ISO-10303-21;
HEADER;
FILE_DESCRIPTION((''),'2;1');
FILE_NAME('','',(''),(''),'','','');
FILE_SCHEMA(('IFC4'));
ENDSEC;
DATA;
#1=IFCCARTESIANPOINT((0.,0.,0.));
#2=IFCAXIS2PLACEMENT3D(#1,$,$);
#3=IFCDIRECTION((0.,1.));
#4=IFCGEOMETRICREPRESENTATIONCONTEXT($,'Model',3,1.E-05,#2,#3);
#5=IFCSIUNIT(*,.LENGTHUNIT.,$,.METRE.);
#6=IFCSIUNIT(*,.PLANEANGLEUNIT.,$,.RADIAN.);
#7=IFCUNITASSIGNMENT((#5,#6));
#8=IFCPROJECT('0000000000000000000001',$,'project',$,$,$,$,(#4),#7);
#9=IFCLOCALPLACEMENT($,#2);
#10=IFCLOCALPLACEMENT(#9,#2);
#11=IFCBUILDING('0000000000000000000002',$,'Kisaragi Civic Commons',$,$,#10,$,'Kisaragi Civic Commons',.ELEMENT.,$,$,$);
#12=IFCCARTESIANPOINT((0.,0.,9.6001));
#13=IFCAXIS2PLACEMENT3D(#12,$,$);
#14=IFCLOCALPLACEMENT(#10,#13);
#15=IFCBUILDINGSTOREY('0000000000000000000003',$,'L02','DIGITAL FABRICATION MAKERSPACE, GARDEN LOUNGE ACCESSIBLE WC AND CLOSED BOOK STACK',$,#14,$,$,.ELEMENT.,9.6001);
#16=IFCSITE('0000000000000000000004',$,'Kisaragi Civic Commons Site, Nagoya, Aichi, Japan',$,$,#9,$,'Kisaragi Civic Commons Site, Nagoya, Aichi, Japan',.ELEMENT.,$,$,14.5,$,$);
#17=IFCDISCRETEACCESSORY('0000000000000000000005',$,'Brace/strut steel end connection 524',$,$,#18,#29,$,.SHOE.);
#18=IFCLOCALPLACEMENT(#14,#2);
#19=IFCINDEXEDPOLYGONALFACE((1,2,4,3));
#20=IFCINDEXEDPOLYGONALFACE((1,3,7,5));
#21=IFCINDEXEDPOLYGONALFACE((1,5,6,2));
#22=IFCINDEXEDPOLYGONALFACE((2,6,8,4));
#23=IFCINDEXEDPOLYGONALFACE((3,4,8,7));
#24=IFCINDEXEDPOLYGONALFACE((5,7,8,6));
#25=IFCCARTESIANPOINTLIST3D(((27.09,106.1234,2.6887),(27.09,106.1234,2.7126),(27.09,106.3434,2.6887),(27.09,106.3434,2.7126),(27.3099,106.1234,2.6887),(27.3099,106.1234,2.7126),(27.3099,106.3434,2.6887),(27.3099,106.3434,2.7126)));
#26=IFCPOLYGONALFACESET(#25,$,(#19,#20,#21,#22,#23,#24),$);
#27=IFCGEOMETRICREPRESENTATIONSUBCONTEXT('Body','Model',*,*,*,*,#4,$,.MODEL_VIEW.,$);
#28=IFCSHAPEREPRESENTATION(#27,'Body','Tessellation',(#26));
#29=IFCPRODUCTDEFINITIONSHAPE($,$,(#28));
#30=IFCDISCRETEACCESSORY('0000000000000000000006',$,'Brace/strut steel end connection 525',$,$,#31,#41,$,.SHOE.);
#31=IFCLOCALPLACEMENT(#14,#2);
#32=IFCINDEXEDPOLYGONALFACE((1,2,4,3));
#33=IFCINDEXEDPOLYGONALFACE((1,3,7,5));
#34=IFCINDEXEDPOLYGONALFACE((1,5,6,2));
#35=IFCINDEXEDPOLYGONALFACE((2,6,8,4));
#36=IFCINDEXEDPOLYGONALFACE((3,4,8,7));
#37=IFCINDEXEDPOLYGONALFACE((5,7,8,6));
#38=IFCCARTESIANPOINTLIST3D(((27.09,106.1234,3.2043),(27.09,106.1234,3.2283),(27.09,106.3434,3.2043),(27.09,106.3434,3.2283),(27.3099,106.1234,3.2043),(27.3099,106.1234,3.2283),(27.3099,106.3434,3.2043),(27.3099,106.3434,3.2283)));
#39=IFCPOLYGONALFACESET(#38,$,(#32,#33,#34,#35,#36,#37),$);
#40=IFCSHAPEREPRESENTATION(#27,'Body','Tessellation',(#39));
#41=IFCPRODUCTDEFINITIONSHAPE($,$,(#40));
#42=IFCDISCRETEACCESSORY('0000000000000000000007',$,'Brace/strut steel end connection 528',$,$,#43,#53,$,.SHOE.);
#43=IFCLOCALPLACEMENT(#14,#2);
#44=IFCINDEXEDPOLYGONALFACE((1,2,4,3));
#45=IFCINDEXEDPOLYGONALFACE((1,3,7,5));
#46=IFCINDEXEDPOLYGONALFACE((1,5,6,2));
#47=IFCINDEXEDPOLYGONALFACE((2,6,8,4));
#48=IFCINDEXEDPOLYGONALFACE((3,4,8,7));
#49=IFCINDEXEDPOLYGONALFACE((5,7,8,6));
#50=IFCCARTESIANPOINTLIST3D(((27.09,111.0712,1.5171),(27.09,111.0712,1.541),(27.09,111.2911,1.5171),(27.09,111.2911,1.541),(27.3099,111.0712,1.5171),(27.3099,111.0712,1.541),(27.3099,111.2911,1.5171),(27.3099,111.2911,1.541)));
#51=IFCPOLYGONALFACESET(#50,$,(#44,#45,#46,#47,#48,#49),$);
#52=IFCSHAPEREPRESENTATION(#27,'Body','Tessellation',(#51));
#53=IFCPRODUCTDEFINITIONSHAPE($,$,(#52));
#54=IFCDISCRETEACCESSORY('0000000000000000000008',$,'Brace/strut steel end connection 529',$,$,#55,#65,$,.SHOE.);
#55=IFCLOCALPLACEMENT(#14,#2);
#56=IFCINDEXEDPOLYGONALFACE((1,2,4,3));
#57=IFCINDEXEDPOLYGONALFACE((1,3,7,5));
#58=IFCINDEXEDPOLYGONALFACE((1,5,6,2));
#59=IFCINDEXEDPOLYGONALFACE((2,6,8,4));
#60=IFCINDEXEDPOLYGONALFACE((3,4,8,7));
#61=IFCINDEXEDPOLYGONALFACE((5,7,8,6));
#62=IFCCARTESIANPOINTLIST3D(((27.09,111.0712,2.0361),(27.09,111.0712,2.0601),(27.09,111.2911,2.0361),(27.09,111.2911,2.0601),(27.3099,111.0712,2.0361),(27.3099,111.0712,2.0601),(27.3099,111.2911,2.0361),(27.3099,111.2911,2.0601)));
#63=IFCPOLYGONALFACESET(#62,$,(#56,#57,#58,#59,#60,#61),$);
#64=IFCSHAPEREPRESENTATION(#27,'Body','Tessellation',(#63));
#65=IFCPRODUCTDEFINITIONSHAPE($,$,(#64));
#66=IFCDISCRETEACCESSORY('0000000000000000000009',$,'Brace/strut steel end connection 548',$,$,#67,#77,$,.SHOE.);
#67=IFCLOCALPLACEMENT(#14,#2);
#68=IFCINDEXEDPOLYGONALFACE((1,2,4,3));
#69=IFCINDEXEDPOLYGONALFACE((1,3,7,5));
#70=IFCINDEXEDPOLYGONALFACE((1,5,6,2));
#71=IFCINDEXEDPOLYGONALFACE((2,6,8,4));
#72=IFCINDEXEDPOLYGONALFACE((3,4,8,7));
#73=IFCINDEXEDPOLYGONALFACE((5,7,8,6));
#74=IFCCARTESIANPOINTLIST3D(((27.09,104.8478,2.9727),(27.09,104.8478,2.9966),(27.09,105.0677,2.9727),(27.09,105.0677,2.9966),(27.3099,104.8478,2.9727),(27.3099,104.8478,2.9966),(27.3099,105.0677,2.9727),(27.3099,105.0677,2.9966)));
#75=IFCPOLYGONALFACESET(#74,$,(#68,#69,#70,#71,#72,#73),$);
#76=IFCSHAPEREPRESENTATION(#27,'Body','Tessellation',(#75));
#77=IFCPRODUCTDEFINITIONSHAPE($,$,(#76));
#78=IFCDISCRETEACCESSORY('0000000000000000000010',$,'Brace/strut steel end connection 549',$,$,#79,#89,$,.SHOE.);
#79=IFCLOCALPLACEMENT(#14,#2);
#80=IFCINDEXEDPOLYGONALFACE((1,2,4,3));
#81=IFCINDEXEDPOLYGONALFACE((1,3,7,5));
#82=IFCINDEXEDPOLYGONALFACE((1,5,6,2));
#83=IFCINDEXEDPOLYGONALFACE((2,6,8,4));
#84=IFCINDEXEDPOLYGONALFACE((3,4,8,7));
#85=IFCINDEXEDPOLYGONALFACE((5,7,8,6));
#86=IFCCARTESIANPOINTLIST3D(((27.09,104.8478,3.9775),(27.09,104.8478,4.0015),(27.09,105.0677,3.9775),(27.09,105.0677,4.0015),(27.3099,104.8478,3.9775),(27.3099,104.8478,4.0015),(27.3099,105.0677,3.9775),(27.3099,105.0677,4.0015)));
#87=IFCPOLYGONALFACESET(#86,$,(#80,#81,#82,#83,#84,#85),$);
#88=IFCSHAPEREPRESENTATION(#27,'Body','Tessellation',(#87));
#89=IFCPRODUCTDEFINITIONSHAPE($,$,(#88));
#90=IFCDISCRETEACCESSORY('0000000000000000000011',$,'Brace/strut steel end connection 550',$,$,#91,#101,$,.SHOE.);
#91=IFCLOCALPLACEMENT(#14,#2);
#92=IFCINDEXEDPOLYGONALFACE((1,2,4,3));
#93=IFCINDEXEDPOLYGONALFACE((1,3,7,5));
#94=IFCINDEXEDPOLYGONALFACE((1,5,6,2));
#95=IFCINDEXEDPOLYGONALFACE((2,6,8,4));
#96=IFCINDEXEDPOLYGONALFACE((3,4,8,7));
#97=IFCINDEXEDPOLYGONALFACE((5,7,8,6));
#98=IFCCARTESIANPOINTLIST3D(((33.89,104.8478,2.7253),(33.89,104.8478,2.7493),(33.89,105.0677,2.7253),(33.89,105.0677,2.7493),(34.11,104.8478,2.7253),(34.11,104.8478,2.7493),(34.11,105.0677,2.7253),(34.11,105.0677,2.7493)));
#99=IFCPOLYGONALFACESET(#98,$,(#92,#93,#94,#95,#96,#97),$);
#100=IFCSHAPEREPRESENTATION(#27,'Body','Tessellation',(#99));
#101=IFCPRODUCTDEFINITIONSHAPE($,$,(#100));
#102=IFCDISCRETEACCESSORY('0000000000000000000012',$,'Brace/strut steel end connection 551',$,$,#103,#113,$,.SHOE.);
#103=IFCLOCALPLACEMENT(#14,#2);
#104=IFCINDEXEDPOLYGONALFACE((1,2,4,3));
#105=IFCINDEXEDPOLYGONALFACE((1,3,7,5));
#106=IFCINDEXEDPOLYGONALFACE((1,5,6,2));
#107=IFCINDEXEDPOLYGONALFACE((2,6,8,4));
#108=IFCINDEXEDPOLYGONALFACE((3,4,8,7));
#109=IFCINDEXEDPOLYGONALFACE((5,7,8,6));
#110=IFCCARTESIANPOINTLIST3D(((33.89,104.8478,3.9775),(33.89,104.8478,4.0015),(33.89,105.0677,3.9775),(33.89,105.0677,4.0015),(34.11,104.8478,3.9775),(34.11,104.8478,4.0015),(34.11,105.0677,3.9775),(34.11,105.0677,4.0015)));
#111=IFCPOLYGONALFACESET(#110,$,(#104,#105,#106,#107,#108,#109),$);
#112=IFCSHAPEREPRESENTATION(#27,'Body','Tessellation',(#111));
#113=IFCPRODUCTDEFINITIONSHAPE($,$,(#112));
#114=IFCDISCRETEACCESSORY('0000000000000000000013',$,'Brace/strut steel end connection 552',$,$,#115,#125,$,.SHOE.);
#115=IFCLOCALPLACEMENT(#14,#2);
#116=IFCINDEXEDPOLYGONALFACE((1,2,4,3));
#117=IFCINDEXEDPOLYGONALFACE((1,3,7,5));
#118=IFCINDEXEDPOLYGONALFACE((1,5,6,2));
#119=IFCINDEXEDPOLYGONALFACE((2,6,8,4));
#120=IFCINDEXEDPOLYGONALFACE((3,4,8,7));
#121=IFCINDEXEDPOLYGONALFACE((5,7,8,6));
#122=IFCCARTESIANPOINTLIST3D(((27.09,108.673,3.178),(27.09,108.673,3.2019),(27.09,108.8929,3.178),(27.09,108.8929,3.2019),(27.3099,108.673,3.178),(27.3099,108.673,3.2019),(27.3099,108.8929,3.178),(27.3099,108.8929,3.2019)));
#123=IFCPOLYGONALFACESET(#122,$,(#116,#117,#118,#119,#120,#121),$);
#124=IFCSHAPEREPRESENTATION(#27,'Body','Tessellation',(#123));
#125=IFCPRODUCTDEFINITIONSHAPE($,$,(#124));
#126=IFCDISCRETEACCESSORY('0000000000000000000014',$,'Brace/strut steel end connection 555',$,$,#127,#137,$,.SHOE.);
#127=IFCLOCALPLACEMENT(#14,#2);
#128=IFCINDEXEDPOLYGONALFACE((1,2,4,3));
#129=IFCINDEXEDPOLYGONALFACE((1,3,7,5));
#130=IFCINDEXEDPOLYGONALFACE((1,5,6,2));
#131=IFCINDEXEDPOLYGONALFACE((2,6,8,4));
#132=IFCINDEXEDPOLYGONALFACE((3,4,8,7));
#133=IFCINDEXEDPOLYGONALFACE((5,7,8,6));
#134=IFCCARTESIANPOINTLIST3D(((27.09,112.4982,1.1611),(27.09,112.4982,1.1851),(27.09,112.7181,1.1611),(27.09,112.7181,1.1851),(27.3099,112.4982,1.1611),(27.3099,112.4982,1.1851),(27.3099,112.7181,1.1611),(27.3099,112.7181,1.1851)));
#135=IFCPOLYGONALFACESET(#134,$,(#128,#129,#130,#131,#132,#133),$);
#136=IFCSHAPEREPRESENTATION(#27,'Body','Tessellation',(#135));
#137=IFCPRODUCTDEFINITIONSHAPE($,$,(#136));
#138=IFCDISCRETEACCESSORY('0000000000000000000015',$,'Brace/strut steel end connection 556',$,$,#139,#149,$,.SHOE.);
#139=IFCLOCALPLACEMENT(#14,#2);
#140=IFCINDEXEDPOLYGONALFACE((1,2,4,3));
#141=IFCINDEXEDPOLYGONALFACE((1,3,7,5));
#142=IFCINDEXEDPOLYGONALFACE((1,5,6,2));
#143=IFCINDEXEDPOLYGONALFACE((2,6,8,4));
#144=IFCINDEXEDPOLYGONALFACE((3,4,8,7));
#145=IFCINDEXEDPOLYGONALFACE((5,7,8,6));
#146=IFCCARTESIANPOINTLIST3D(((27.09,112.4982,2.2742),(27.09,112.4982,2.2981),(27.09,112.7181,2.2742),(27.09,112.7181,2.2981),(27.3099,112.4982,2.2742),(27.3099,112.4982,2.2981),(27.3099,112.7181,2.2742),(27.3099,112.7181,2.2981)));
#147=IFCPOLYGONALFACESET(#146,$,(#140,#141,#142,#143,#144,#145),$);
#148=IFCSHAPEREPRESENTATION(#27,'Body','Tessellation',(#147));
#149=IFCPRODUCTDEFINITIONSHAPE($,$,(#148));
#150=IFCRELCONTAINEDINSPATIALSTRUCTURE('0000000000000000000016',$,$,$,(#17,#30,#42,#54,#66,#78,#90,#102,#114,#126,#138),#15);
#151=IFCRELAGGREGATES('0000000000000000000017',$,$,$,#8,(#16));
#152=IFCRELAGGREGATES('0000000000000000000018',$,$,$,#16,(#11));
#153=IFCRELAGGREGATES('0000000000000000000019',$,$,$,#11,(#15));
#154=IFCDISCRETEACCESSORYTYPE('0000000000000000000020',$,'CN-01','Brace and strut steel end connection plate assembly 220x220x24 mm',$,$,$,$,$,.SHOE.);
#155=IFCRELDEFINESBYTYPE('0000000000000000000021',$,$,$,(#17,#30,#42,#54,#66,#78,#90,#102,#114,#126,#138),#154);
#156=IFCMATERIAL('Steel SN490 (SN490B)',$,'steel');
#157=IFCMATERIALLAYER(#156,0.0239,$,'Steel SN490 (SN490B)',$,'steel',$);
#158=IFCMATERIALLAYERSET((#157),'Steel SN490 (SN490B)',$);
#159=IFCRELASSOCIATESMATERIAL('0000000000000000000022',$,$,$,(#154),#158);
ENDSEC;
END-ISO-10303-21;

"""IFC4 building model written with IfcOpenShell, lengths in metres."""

from ifc_helpers import new_model, si_unit, direction, frame, origin, origin_2d, place, context, subcontext, project, spatial, rectangle, extrude, material, layer, layer_set, type_object, element, save


model = new_model("IFC4")

# Units and contexts
model_context = context("Model", 3, precision=1e-05, world=origin(), true_north=direction((0.0, 1.0)))
body_context = subcontext(model_context, "Body", "Model", "MODEL_VIEW")
ifc_project = project(units=[si_unit("LENGTHUNIT", "METRE"), si_unit("PLANEANGLEUNIT", "RADIAN")], contexts=[model_context])

# Site, building, storey
site_placement = place(None, origin())
site = spatial("IfcSite", under=ifc_project, at=site_placement, Name="Kisaragi Civic Commons Site, Nagoya, Aichi, Japan", LongName="Kisaragi Civic Commons Site, Nagoya, Aichi, Japan", CompositionType="ELEMENT", RefElevation=14.5)
building_placement = place(site_placement, origin())
building = spatial("IfcBuilding", under=site, at=building_placement, Name="Kisaragi Civic Commons", LongName="Kisaragi Civic Commons", CompositionType="ELEMENT")
storey_placement = place(building_placement, frame((0.0, 0.0, 9.6001)))
storey = spatial("IfcBuildingStorey", under=building, at=storey_placement, Name="L02", Description="DIGITAL FABRICATION MAKERSPACE, GARDEN LOUNGE ACCESSIBLE WC AND CLOSED BOOK STACK", CompositionType="ELEMENT", Elevation=9.6001)

# Shared definitions
ifc_material_1 = material(Name="Steel SN490 (SN490B)", Category="steel")

# Discrete accessories
ifc_layer_1 = layer(ifc_material_1, 0.0239, Name="Steel SN490 (SN490B)", Category="steel")
ifc_layer_set_1 = layer_set([ifc_layer_1], Name="Steel SN490 (SN490B)")
discrete_accessory_type = type_object("IfcDiscreteAccessoryType", Name="CN-01", Description="Brace and strut steel end connection plate assembly 220x220x24 mm", PredefinedType="SHOE", material=ifc_layer_set_1)
for number, where, z_axis, x_axis, name in (
    (1, (27.2, 106.2334, 2.6887), (0.0, 0.0, 1.0), (1.0, 0.0, 0.0), "Brace/strut steel end connection 524"),
    (2, (27.2, 106.2334, 3.2043), (0.0, 0.0, 1.0), (1.0, 0.0, 0.0), "Brace/strut steel end connection 525"),
    (3, (27.2, 111.1812, 1.5171), (0.0, 0.0, 1.0), (1.0, 0.0, 0.0), "Brace/strut steel end connection 528"),
    (4, (27.2, 111.1812, 2.0361), (0.0, 0.0, 1.0), (1.0, 0.0, 0.0), "Brace/strut steel end connection 529"),
    (5, (27.2, 104.9578, 2.9727), (0.0, 0.0, 1.0), (1.0, 0.0, 0.0), "Brace/strut steel end connection 548"),
    (6, (27.2, 104.9578, 3.9775), (0.0, 0.0, 1.0), (1.0, 0.0, 0.0), "Brace/strut steel end connection 549"),
    (7, (34.0, 104.9578, 2.7253), (0.0, 0.0, 1.0), (1.0, 0.0, 0.0), "Brace/strut steel end connection 550"),
    (8, (34.0, 104.9578, 3.9775), (0.0, 0.0, 1.0), (1.0, 0.0, 0.0), "Brace/strut steel end connection 551"),
    (9, (27.2, 108.783, 3.178), (0.0, 0.0, 1.0), (1.0, 0.0, 0.0), "Brace/strut steel end connection 552"),
    (10, (27.2, 112.6082, 1.1611), (0.0, 0.0, 1.0), (1.0, 0.0, 0.0), "Brace/strut steel end connection 555"),
    (11, (27.2, 112.6082, 2.2742), (0.0, 0.0, 1.0), (1.0, 0.0, 0.0), "Brace/strut steel end connection 556"),
):
    element("IfcDiscreteAccessory", number, at=place(storey_placement, frame(where, z_axis=z_axis, x_axis=x_axis)), inside=storey, type_object=discrete_accessory_type, Name=name, PredefinedType="SHOE", context=body_context, shape_type="SweptSolid", body=[
        extrude(rectangle(XDim=0.22, YDim=0.22, at=origin_2d()), origin(), (0.0, 0.0, 1.0), 0.0239),
    ])

save(model, "model.ifc")
